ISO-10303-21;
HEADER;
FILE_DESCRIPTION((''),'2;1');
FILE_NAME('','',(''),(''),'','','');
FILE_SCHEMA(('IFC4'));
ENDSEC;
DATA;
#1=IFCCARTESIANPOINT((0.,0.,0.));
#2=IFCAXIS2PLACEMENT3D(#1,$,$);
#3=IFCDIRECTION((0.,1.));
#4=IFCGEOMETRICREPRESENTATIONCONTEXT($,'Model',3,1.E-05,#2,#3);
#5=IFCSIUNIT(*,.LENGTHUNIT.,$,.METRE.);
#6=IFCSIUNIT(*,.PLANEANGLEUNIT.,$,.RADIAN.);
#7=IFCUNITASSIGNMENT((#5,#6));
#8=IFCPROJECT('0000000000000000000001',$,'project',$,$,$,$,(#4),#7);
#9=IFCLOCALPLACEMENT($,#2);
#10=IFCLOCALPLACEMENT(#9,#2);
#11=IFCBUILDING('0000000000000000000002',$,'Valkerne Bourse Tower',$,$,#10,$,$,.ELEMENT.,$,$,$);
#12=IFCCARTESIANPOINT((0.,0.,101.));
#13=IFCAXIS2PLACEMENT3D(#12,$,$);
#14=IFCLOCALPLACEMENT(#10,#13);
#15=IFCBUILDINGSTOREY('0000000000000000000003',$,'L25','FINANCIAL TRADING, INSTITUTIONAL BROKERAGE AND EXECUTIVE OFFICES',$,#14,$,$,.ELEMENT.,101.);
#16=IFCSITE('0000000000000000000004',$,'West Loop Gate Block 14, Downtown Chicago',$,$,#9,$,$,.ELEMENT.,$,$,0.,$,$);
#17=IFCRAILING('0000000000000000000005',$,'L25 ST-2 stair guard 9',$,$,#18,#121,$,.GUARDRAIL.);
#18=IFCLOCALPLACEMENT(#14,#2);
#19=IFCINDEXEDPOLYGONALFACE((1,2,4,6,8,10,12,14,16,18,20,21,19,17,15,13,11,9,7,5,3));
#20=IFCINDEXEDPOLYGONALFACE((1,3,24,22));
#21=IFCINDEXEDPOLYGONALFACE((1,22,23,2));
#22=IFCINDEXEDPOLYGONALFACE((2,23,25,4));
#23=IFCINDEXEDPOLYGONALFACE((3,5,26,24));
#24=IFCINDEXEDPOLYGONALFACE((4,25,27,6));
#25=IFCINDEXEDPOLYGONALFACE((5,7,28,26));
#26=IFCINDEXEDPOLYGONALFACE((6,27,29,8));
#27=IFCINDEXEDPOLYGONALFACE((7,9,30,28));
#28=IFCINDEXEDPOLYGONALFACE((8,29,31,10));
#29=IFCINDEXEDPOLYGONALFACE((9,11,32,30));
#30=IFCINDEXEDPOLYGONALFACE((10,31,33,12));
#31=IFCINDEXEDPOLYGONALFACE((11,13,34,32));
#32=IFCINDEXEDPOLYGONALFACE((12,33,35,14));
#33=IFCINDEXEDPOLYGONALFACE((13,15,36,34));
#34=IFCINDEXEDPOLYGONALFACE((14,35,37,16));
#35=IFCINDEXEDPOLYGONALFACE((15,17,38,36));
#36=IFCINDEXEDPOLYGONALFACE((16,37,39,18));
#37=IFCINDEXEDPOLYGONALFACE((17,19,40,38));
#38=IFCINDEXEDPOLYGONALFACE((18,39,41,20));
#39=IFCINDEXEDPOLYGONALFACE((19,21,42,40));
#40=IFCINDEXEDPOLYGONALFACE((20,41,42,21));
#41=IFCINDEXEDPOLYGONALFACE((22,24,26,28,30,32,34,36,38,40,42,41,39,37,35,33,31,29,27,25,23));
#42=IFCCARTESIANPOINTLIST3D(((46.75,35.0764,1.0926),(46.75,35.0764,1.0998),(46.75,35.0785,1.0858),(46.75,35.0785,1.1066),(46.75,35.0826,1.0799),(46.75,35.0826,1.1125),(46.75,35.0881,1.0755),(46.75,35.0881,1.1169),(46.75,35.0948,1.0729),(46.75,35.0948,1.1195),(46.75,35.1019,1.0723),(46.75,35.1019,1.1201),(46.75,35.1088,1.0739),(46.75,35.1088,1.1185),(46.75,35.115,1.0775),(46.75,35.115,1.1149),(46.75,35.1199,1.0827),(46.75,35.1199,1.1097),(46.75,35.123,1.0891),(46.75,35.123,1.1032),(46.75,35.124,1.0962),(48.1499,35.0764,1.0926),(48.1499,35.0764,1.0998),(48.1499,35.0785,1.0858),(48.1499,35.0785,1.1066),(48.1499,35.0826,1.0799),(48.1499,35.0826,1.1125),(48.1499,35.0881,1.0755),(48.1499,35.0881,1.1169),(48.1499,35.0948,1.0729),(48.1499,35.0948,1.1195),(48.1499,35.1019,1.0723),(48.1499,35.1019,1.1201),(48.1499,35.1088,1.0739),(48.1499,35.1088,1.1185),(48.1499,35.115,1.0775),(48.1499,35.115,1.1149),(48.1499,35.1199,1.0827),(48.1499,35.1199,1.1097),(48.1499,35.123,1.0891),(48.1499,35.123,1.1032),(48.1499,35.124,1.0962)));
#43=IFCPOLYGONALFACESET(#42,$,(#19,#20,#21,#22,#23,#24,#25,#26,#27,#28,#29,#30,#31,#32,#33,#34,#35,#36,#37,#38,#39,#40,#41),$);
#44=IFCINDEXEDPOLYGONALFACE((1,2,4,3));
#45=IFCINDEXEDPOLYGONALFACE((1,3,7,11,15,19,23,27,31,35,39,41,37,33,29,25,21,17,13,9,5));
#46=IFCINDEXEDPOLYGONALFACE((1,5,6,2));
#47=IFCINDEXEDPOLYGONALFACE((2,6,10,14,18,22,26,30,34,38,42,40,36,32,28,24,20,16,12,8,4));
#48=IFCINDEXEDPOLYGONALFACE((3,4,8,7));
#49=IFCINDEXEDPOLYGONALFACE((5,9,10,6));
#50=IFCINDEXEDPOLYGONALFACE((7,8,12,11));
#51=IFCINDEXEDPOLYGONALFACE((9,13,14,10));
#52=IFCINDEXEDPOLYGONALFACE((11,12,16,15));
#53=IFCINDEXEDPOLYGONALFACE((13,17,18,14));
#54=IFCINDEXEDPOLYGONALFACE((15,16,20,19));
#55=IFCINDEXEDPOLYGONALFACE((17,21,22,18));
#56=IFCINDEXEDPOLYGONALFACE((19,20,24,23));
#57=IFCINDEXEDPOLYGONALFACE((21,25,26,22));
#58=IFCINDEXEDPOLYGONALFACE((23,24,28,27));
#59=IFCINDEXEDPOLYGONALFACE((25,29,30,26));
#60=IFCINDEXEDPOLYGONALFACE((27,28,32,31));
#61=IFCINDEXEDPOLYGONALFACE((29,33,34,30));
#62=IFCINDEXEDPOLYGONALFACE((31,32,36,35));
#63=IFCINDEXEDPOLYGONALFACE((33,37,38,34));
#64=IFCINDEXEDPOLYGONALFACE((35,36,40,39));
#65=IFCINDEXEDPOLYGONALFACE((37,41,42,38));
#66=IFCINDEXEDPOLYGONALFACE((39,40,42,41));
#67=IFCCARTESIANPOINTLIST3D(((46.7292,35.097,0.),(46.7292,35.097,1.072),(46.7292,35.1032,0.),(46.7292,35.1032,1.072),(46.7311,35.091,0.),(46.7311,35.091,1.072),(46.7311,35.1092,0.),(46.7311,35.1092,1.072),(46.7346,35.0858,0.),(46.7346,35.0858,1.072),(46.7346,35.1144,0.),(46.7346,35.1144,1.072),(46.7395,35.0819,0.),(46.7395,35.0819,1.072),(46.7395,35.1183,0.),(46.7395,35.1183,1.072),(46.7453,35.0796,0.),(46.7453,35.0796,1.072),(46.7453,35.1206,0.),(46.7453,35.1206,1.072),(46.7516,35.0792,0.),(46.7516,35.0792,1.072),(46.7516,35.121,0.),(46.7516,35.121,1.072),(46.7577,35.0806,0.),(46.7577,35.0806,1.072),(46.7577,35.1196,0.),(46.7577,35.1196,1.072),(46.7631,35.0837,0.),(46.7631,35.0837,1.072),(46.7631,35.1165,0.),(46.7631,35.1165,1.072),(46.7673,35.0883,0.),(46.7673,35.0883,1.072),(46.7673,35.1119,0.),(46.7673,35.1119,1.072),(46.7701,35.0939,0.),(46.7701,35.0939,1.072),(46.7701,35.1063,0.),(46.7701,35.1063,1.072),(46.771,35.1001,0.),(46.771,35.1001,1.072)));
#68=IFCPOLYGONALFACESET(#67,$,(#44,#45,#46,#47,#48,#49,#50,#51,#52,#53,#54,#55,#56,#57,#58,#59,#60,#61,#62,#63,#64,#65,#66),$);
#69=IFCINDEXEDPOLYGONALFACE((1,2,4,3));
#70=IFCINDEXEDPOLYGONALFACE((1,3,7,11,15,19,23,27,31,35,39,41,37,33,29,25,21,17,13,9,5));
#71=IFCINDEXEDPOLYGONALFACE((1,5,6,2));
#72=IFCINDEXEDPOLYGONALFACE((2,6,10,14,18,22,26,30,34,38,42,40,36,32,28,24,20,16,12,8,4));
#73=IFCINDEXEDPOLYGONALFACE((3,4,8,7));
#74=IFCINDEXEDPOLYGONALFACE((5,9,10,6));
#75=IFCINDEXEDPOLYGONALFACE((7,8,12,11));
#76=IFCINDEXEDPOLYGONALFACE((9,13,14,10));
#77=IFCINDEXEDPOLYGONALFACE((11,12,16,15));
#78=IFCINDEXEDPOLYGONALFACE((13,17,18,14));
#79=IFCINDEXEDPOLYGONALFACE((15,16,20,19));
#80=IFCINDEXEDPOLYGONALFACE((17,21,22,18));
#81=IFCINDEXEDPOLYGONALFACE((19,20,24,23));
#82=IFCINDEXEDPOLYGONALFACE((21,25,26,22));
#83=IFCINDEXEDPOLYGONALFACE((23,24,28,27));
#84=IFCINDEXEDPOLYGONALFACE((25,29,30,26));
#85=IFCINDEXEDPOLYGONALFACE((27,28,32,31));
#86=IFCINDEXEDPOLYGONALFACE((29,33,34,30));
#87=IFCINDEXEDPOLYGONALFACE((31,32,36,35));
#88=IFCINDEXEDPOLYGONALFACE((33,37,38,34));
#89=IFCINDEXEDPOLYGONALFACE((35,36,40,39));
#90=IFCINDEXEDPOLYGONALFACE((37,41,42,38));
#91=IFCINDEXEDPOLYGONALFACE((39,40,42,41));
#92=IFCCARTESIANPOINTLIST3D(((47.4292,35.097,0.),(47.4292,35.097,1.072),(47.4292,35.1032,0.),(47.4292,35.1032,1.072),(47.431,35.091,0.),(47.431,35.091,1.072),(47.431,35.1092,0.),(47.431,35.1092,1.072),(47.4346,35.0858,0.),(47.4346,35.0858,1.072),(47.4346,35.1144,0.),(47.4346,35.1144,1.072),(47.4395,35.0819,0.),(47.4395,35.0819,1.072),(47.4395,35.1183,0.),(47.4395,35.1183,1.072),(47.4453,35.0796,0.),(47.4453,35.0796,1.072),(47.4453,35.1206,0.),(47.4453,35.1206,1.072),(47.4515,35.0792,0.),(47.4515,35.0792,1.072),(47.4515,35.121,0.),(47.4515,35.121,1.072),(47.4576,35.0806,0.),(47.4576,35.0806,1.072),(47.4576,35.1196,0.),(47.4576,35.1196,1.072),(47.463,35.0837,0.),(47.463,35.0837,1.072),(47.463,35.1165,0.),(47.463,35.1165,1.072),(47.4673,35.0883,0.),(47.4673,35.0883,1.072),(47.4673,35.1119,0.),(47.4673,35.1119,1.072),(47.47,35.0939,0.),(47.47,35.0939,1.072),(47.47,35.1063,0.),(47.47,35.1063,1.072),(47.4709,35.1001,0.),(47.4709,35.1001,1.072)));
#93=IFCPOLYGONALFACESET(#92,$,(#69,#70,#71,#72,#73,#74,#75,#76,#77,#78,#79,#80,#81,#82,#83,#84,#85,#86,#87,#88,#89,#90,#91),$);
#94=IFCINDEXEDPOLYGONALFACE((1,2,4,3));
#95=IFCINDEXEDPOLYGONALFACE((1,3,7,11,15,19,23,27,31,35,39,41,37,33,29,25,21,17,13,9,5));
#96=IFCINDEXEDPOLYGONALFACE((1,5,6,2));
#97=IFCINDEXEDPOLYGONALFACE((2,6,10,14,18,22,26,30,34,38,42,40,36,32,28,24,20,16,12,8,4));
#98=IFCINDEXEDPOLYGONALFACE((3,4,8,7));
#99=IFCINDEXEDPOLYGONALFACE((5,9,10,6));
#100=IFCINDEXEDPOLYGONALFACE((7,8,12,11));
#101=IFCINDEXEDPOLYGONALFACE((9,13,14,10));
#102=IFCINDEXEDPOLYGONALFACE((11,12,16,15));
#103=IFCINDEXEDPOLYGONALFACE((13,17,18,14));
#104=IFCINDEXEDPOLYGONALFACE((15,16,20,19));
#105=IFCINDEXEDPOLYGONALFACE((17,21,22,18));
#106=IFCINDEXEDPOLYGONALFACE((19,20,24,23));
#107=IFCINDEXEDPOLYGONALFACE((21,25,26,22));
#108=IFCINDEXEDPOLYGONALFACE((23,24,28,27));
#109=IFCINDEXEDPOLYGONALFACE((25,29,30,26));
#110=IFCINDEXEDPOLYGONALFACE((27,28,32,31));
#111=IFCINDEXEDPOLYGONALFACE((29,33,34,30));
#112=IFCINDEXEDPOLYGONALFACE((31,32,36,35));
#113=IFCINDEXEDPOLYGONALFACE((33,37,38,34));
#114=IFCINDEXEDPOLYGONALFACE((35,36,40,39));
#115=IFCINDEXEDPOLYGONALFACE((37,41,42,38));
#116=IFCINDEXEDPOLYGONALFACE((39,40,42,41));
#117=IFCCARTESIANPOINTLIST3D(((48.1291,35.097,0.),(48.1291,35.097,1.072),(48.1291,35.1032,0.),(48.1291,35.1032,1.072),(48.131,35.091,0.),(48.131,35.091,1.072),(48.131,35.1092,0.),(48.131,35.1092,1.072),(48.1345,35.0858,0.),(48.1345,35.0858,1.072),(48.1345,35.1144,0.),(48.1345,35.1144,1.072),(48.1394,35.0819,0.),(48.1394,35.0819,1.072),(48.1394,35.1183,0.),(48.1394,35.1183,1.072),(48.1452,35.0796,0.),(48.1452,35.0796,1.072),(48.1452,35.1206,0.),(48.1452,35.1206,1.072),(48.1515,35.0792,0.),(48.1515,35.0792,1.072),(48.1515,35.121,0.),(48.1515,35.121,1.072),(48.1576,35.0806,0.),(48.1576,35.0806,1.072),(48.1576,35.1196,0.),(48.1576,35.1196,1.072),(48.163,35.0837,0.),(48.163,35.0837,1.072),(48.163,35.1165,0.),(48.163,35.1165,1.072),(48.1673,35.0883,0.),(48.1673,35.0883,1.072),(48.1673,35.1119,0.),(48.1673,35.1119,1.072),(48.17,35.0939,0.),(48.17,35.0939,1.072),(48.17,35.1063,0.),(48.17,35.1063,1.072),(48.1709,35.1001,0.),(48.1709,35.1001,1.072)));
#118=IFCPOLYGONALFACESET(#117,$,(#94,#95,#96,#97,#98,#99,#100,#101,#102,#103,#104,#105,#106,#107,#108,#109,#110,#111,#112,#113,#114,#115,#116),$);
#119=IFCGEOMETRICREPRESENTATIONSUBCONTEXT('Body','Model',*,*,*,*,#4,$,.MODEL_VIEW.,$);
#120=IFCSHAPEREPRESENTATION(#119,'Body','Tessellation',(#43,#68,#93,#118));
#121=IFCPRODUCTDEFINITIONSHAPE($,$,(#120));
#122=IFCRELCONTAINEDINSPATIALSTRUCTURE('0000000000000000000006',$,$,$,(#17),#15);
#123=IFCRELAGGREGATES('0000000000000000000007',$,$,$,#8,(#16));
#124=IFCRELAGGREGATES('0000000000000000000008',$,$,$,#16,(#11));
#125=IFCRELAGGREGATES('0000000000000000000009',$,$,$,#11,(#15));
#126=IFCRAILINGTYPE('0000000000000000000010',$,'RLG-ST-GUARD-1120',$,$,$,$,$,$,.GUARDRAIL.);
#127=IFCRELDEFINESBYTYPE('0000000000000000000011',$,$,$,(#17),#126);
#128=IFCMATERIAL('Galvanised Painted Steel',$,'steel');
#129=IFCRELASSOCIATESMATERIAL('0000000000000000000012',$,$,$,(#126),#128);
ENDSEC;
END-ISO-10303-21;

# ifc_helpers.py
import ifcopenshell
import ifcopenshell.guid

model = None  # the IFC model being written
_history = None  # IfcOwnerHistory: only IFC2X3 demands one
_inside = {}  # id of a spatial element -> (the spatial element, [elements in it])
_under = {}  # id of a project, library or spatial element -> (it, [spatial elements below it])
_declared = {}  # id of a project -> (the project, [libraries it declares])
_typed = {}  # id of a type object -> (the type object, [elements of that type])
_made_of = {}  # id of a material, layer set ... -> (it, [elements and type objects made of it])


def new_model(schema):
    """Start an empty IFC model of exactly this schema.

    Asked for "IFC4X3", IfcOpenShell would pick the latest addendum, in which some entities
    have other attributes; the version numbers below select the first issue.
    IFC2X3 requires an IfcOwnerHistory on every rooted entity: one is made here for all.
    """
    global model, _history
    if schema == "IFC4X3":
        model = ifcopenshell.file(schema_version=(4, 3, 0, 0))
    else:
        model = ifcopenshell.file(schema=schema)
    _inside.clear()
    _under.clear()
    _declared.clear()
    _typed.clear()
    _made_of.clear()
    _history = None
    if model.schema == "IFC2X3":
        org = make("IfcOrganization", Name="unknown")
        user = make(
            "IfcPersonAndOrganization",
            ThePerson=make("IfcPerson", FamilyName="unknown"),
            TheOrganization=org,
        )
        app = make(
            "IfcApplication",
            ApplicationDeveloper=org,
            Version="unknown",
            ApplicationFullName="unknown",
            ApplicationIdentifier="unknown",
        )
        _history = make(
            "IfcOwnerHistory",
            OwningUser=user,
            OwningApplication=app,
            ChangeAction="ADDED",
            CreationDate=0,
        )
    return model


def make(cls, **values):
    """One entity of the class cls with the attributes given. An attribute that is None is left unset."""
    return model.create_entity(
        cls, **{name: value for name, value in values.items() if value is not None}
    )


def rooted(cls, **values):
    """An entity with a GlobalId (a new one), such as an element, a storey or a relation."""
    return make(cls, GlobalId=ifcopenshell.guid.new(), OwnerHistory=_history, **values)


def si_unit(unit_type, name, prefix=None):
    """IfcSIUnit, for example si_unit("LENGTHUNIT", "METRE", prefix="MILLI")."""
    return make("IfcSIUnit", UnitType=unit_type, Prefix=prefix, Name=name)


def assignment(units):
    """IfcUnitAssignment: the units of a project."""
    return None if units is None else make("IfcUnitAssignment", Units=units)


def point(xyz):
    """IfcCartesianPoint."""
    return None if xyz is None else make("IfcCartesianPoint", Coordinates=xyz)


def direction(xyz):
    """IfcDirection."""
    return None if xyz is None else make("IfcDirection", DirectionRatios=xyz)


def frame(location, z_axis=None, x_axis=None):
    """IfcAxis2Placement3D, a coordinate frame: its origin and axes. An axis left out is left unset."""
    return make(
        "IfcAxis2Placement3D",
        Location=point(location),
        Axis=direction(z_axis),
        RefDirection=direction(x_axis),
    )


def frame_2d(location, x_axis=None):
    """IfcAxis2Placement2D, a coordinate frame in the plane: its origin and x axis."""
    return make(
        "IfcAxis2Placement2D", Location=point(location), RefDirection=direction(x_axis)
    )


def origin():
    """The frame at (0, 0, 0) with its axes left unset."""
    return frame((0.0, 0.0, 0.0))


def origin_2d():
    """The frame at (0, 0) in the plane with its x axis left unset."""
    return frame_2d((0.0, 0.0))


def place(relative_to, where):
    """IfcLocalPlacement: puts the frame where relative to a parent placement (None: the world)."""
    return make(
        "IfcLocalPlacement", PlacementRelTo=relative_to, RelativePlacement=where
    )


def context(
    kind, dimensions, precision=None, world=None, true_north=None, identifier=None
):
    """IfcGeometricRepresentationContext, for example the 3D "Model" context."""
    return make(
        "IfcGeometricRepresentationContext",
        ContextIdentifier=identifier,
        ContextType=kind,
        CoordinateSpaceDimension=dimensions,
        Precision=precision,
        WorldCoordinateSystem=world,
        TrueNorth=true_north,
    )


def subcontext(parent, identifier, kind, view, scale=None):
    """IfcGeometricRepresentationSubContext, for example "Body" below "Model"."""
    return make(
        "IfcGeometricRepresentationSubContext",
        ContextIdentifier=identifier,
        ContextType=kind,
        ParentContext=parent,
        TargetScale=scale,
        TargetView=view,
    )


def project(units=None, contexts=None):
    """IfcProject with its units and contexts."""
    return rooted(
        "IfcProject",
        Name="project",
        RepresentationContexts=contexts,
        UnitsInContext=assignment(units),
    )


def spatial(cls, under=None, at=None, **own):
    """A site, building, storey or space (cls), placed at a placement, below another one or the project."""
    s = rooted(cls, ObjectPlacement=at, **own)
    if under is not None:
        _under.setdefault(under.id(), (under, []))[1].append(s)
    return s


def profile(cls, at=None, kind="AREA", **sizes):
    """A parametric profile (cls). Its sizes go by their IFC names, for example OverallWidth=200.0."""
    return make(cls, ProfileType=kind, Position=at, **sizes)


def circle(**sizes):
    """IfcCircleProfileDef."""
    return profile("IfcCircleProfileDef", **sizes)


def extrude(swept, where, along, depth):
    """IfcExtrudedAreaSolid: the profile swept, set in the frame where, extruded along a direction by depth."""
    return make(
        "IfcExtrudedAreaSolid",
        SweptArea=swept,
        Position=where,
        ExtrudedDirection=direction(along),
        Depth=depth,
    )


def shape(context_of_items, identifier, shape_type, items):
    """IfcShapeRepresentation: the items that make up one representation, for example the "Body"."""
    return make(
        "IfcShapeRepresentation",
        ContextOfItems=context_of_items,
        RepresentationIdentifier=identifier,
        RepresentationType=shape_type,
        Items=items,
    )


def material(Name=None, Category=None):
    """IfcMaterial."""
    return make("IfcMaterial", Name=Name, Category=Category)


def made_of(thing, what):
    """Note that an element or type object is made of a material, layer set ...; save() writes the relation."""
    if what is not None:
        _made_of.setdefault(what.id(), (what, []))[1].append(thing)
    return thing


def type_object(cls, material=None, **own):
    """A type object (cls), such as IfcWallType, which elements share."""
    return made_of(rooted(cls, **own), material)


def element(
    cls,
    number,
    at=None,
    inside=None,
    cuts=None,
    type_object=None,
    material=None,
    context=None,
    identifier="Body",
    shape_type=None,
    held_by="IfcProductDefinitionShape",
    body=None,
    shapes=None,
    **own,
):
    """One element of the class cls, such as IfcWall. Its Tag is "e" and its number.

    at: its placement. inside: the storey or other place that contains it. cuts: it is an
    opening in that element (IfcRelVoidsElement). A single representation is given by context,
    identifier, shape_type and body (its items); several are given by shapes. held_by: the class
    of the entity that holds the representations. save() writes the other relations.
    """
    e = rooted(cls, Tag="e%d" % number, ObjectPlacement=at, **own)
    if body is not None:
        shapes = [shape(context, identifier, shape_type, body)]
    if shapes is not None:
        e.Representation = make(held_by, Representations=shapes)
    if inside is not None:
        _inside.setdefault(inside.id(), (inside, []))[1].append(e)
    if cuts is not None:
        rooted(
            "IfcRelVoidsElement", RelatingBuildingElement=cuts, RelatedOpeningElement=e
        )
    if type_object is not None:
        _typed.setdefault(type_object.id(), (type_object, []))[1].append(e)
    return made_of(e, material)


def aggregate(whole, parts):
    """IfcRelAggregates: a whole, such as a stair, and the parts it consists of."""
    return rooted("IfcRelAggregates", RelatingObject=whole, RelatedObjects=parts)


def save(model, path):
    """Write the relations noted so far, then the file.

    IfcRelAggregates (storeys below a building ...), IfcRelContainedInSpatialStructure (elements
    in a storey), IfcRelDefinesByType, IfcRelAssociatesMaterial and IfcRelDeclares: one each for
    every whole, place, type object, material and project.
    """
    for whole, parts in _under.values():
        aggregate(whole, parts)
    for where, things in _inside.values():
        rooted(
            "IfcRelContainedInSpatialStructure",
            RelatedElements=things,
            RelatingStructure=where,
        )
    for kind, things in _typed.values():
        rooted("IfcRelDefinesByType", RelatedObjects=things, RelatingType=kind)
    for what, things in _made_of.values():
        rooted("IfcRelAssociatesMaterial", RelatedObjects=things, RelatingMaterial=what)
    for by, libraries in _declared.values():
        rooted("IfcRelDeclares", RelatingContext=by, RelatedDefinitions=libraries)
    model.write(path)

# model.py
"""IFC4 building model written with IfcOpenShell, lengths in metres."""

from ifc_helpers import new_model, si_unit, direction, frame, origin, origin_2d, place, context, subcontext, project, spatial, circle, extrude, material, type_object, element, save


model = new_model("IFC4")

# Units and contexts
model_context = context("Model", 3, precision=1e-05, world=origin(), true_north=direction((0.0, 1.0)))
body_context = subcontext(model_context, "Body", "Model", "MODEL_VIEW")
ifc_project = project(units=[si_unit("LENGTHUNIT", "METRE"), si_unit("PLANEANGLEUNIT", "RADIAN")], contexts=[model_context])

# Site, building, storey
site_placement = place(None, origin())
site = spatial("IfcSite", under=ifc_project, at=site_placement, Name="West Loop Gate Block 14, Downtown Chicago", CompositionType="ELEMENT", RefElevation=0.0)
building_placement = place(site_placement, origin())
building = spatial("IfcBuilding", under=site, at=building_placement, Name="Valkerne Bourse Tower", CompositionType="ELEMENT")
storey_placement = place(building_placement, frame((0.0, 0.0, 101.0)))
storey = spatial("IfcBuildingStorey", under=building, at=storey_placement, Name="L25", Description="FINANCIAL TRADING, INSTITUTIONAL BROKERAGE AND EXECUTIVE OFFICES", CompositionType="ELEMENT", Elevation=101.0)

# Shared definitions
ifc_material_1 = material(Name="Galvanised Painted Steel", Category="steel")

# Railing
railing_type_1 = type_object("IfcRailingType", Name="RLG-ST-GUARD-1120", PredefinedType="GUARDRAIL", material=ifc_material_1)
for number, where, name in (
    (1, (46.75, 35.1001, 0.0), "L25 ST-2 stair guard 9"),
):
    element("IfcRailing", number, at=place(storey_placement, frame(where)), inside=storey, type_object=railing_type_1, Name=name, PredefinedType="GUARDRAIL", context=body_context, shape_type="SweptSolid", body=[
        extrude(circle(Radius=0.0239, at=origin_2d()), frame((0.0, 0.0, 1.0962), z_axis=(1.0, 0.0, 0.0), x_axis=(0.0, 1.0, 0.0)), (0.0, 0.0, 1.0), 1.3999),
        extrude(circle(Radius=0.021, at=origin_2d()), origin(), (0.0, 0.0, 1.0), 1.072),
        extrude(circle(Radius=0.021, at=origin_2d()), frame((0.7, 0.0, 0.0)), (0.0, 0.0, 1.0), 1.072),
        extrude(circle(Radius=0.021, at=origin_2d()), frame((1.3999, 0.0, 0.0)), (0.0, 0.0, 1.0), 1.072),
    ])

save(model, "model.ifc")
